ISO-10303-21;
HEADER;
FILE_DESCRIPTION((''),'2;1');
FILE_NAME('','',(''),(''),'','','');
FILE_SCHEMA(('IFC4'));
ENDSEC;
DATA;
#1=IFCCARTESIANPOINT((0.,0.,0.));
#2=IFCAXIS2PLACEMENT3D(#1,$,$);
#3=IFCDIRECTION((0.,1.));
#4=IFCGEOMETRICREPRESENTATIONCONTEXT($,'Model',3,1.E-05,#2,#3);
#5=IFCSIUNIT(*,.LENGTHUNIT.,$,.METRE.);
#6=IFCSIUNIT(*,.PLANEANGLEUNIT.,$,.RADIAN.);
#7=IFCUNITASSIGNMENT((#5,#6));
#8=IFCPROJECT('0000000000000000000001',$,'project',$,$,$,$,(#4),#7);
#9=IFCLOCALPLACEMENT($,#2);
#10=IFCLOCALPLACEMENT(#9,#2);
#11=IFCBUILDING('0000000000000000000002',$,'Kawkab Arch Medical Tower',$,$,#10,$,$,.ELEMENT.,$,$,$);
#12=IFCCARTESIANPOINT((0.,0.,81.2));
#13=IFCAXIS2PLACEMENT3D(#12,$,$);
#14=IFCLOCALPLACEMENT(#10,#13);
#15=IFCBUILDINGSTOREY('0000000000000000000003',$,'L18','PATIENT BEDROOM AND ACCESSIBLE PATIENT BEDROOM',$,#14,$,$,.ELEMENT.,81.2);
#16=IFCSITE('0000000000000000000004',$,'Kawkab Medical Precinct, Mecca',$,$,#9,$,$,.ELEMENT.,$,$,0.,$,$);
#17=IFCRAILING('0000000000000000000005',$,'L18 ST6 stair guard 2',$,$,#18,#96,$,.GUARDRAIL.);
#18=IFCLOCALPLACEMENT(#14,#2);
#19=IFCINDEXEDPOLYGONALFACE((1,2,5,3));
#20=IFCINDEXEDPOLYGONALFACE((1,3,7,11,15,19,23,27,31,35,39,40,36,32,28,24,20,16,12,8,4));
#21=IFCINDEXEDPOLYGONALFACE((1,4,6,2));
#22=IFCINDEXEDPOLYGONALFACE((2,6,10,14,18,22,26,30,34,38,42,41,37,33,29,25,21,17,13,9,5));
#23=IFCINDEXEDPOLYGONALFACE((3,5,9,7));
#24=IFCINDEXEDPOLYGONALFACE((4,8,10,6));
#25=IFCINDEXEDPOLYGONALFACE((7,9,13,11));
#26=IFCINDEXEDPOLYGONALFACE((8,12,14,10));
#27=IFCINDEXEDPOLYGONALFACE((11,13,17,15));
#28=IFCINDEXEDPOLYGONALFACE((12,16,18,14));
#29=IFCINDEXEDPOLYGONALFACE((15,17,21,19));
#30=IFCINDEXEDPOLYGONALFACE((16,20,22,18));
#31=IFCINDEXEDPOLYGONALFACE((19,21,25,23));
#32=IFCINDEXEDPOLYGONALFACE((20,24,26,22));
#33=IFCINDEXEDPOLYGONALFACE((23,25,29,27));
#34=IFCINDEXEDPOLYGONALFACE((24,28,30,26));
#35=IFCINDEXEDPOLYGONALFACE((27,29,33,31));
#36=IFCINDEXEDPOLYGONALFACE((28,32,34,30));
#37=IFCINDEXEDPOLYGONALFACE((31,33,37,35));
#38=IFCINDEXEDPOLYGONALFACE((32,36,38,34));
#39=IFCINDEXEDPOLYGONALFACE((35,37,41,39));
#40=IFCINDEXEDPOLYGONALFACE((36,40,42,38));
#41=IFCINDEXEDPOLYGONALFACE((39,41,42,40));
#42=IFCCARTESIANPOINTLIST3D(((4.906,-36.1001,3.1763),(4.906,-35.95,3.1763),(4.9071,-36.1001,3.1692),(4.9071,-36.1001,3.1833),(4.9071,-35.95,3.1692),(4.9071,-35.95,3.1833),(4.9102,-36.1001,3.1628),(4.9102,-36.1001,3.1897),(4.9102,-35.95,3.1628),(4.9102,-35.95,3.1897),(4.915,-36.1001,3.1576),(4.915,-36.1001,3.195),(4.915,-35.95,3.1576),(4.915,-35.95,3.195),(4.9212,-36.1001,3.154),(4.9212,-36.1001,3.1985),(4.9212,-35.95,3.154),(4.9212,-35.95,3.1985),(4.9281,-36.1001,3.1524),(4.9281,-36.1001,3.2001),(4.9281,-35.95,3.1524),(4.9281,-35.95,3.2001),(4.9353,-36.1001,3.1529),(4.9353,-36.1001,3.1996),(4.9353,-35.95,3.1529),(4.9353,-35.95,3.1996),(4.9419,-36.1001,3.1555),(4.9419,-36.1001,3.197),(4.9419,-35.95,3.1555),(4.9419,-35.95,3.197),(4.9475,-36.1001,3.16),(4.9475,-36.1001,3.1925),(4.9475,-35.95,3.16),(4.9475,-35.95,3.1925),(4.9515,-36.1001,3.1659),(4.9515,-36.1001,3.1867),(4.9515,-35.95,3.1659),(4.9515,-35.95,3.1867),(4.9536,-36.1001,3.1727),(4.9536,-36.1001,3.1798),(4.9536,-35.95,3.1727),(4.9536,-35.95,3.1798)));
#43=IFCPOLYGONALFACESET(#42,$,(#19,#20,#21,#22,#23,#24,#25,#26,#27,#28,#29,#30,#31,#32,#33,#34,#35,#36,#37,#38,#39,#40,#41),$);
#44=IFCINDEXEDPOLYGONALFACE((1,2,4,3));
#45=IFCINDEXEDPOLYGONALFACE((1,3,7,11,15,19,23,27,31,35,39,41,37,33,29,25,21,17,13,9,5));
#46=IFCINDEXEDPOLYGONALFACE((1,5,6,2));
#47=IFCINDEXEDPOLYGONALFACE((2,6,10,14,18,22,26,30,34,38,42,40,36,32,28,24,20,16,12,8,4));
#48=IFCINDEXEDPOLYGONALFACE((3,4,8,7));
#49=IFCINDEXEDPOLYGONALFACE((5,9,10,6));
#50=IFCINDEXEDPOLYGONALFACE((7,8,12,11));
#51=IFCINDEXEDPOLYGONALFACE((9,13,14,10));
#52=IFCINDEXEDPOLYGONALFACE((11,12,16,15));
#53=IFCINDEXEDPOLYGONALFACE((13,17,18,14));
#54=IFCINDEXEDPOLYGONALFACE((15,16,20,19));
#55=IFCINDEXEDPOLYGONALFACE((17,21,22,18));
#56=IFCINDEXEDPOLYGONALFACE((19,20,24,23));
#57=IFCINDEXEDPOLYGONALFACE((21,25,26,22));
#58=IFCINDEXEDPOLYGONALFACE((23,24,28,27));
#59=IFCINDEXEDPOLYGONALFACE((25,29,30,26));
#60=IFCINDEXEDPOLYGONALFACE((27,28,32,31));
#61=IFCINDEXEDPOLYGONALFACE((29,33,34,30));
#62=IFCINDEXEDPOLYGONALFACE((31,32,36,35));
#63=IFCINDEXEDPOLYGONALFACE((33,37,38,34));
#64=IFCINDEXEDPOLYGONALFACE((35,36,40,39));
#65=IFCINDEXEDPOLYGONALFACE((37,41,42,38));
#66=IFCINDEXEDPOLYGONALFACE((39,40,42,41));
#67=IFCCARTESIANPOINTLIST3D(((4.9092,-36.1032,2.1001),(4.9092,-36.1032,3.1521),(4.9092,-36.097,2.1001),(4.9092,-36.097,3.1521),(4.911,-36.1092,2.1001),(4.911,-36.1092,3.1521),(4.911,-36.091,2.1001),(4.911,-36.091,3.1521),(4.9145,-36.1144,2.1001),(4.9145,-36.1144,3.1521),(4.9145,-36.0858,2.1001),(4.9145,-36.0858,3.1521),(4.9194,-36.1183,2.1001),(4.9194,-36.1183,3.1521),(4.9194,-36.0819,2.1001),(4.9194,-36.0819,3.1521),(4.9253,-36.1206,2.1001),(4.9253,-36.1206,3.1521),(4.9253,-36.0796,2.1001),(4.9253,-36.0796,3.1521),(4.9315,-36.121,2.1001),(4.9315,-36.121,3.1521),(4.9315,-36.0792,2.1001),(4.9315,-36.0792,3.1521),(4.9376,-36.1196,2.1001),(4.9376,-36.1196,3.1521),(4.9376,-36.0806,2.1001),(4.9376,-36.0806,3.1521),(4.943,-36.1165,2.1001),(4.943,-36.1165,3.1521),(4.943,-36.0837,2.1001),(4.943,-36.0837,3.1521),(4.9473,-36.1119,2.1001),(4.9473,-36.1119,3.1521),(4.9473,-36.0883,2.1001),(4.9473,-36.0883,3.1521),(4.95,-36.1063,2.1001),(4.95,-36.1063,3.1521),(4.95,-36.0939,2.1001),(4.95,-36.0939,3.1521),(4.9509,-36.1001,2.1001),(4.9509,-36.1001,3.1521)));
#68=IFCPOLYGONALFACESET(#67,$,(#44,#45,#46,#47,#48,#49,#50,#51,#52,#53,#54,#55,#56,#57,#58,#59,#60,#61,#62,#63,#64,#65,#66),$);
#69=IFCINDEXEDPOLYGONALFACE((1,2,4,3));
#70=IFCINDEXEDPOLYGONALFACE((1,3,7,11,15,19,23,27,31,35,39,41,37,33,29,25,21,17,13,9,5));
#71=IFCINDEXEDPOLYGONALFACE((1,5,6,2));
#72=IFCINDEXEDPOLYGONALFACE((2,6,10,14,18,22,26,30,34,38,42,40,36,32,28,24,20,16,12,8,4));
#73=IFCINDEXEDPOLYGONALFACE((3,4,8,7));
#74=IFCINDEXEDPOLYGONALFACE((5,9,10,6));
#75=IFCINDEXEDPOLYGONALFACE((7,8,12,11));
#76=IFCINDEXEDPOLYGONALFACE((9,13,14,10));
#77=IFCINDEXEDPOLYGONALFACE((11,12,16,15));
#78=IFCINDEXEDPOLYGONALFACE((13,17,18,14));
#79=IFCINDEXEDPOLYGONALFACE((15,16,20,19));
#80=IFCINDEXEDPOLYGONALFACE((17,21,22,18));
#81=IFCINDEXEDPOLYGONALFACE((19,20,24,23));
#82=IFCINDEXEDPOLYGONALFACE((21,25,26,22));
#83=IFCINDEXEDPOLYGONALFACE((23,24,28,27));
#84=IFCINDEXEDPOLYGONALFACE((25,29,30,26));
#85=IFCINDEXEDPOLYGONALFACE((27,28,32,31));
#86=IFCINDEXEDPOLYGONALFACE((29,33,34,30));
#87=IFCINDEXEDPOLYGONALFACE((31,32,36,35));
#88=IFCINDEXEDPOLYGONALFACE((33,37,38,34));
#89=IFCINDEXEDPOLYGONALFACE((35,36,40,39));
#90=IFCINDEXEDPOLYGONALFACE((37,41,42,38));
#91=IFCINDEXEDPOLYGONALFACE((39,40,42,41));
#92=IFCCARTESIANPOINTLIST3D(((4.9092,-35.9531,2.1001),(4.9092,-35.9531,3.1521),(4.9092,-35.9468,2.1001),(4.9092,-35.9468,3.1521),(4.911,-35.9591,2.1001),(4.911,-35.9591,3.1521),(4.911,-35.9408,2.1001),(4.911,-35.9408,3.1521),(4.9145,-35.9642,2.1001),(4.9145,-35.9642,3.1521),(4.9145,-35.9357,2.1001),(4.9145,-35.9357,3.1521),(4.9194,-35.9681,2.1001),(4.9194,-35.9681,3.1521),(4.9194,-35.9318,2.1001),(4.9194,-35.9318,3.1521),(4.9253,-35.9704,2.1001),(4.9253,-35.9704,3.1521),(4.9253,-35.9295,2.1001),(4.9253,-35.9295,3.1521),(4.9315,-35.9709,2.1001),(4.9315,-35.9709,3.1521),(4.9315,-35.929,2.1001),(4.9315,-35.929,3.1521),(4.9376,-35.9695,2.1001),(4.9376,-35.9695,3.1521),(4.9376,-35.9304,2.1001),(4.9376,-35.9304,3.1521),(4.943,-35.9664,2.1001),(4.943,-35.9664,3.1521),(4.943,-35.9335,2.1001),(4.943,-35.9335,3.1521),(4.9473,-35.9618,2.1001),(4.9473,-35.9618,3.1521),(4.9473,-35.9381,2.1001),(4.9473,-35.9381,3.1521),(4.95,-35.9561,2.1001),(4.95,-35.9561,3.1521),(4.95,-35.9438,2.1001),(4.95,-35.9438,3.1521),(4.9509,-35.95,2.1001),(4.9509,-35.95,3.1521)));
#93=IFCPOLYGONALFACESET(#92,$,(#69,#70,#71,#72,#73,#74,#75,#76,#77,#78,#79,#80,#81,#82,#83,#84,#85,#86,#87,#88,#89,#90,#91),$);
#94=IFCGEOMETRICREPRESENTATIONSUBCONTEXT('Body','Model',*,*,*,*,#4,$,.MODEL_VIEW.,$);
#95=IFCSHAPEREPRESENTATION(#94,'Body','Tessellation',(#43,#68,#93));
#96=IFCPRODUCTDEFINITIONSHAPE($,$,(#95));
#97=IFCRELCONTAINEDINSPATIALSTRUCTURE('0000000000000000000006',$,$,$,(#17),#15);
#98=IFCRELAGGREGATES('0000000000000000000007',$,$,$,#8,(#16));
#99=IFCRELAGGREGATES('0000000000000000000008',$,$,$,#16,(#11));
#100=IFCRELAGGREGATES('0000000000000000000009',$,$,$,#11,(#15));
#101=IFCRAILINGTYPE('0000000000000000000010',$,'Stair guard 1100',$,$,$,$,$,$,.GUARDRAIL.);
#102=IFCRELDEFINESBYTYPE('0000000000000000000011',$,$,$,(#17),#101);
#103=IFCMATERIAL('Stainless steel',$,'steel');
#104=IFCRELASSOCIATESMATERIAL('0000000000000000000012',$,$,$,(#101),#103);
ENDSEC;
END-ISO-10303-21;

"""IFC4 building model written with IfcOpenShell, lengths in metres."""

from ifc_helpers import new_model, si_unit, direction, frame, origin, origin_2d, place, context, subcontext, project, spatial, circle, extrude, material, type_object, element, save


model = new_model("IFC4")

# Units and contexts
model_context = context("Model", 3, precision=1e-05, world=origin(), true_north=direction((0.0, 1.0)))
body_context = subcontext(model_context, "Body", "Model", "MODEL_VIEW")
ifc_project = project(units=[si_unit("LENGTHUNIT", "METRE"), si_unit("PLANEANGLEUNIT", "RADIAN")], contexts=[model_context])

# Site, building, storey
site_placement = place(None, origin())
site = spatial("IfcSite", under=ifc_project, at=site_placement, Name="Kawkab Medical Precinct, Mecca", CompositionType="ELEMENT", RefElevation=0.0)
building_placement = place(site_placement, origin())
building = spatial("IfcBuilding", under=site, at=building_placement, Name="Kawkab Arch Medical Tower", CompositionType="ELEMENT")
storey_placement = place(building_placement, frame((0.0, 0.0, 81.2)))
storey = spatial("IfcBuildingStorey", under=building, at=storey_placement, Name="L18", Description="PATIENT BEDROOM AND ACCESSIBLE PATIENT BEDROOM", CompositionType="ELEMENT", Elevation=81.2)

# Railing
ifc_material_1 = material(Name="Stainless steel", Category="steel")
railing_type = type_object("IfcRailingType", Name="Stair guard 1100", PredefinedType="GUARDRAIL", material=ifc_material_1)
railing_1_placement = place(storey_placement, frame((4.9299, -36.1001, 2.1001)))
element("IfcRailing", 1, at=railing_1_placement, inside=storey, type_object=railing_type, Name="L18 ST6 stair guard 2", PredefinedType="GUARDRAIL", context=body_context, shape_type="SweptSolid", body=[
    extrude(circle(Radius=0.0239, at=origin_2d()), frame((0.0, 0.0, 1.0762), z_axis=(0.0, 1.0, 0.0), x_axis=(-1.0, 0.0, 0.0)), (0.0, 0.0, 1.0), 0.1501),
    extrude(circle(Radius=0.021, at=origin_2d()), origin(), (0.0, 0.0, 1.0), 1.052),
    extrude(circle(Radius=0.021, at=origin_2d()), frame((0.0, 0.1501, 0.0)), (0.0, 0.0, 1.0), 1.052),
])

save(model, "model.ifc")
